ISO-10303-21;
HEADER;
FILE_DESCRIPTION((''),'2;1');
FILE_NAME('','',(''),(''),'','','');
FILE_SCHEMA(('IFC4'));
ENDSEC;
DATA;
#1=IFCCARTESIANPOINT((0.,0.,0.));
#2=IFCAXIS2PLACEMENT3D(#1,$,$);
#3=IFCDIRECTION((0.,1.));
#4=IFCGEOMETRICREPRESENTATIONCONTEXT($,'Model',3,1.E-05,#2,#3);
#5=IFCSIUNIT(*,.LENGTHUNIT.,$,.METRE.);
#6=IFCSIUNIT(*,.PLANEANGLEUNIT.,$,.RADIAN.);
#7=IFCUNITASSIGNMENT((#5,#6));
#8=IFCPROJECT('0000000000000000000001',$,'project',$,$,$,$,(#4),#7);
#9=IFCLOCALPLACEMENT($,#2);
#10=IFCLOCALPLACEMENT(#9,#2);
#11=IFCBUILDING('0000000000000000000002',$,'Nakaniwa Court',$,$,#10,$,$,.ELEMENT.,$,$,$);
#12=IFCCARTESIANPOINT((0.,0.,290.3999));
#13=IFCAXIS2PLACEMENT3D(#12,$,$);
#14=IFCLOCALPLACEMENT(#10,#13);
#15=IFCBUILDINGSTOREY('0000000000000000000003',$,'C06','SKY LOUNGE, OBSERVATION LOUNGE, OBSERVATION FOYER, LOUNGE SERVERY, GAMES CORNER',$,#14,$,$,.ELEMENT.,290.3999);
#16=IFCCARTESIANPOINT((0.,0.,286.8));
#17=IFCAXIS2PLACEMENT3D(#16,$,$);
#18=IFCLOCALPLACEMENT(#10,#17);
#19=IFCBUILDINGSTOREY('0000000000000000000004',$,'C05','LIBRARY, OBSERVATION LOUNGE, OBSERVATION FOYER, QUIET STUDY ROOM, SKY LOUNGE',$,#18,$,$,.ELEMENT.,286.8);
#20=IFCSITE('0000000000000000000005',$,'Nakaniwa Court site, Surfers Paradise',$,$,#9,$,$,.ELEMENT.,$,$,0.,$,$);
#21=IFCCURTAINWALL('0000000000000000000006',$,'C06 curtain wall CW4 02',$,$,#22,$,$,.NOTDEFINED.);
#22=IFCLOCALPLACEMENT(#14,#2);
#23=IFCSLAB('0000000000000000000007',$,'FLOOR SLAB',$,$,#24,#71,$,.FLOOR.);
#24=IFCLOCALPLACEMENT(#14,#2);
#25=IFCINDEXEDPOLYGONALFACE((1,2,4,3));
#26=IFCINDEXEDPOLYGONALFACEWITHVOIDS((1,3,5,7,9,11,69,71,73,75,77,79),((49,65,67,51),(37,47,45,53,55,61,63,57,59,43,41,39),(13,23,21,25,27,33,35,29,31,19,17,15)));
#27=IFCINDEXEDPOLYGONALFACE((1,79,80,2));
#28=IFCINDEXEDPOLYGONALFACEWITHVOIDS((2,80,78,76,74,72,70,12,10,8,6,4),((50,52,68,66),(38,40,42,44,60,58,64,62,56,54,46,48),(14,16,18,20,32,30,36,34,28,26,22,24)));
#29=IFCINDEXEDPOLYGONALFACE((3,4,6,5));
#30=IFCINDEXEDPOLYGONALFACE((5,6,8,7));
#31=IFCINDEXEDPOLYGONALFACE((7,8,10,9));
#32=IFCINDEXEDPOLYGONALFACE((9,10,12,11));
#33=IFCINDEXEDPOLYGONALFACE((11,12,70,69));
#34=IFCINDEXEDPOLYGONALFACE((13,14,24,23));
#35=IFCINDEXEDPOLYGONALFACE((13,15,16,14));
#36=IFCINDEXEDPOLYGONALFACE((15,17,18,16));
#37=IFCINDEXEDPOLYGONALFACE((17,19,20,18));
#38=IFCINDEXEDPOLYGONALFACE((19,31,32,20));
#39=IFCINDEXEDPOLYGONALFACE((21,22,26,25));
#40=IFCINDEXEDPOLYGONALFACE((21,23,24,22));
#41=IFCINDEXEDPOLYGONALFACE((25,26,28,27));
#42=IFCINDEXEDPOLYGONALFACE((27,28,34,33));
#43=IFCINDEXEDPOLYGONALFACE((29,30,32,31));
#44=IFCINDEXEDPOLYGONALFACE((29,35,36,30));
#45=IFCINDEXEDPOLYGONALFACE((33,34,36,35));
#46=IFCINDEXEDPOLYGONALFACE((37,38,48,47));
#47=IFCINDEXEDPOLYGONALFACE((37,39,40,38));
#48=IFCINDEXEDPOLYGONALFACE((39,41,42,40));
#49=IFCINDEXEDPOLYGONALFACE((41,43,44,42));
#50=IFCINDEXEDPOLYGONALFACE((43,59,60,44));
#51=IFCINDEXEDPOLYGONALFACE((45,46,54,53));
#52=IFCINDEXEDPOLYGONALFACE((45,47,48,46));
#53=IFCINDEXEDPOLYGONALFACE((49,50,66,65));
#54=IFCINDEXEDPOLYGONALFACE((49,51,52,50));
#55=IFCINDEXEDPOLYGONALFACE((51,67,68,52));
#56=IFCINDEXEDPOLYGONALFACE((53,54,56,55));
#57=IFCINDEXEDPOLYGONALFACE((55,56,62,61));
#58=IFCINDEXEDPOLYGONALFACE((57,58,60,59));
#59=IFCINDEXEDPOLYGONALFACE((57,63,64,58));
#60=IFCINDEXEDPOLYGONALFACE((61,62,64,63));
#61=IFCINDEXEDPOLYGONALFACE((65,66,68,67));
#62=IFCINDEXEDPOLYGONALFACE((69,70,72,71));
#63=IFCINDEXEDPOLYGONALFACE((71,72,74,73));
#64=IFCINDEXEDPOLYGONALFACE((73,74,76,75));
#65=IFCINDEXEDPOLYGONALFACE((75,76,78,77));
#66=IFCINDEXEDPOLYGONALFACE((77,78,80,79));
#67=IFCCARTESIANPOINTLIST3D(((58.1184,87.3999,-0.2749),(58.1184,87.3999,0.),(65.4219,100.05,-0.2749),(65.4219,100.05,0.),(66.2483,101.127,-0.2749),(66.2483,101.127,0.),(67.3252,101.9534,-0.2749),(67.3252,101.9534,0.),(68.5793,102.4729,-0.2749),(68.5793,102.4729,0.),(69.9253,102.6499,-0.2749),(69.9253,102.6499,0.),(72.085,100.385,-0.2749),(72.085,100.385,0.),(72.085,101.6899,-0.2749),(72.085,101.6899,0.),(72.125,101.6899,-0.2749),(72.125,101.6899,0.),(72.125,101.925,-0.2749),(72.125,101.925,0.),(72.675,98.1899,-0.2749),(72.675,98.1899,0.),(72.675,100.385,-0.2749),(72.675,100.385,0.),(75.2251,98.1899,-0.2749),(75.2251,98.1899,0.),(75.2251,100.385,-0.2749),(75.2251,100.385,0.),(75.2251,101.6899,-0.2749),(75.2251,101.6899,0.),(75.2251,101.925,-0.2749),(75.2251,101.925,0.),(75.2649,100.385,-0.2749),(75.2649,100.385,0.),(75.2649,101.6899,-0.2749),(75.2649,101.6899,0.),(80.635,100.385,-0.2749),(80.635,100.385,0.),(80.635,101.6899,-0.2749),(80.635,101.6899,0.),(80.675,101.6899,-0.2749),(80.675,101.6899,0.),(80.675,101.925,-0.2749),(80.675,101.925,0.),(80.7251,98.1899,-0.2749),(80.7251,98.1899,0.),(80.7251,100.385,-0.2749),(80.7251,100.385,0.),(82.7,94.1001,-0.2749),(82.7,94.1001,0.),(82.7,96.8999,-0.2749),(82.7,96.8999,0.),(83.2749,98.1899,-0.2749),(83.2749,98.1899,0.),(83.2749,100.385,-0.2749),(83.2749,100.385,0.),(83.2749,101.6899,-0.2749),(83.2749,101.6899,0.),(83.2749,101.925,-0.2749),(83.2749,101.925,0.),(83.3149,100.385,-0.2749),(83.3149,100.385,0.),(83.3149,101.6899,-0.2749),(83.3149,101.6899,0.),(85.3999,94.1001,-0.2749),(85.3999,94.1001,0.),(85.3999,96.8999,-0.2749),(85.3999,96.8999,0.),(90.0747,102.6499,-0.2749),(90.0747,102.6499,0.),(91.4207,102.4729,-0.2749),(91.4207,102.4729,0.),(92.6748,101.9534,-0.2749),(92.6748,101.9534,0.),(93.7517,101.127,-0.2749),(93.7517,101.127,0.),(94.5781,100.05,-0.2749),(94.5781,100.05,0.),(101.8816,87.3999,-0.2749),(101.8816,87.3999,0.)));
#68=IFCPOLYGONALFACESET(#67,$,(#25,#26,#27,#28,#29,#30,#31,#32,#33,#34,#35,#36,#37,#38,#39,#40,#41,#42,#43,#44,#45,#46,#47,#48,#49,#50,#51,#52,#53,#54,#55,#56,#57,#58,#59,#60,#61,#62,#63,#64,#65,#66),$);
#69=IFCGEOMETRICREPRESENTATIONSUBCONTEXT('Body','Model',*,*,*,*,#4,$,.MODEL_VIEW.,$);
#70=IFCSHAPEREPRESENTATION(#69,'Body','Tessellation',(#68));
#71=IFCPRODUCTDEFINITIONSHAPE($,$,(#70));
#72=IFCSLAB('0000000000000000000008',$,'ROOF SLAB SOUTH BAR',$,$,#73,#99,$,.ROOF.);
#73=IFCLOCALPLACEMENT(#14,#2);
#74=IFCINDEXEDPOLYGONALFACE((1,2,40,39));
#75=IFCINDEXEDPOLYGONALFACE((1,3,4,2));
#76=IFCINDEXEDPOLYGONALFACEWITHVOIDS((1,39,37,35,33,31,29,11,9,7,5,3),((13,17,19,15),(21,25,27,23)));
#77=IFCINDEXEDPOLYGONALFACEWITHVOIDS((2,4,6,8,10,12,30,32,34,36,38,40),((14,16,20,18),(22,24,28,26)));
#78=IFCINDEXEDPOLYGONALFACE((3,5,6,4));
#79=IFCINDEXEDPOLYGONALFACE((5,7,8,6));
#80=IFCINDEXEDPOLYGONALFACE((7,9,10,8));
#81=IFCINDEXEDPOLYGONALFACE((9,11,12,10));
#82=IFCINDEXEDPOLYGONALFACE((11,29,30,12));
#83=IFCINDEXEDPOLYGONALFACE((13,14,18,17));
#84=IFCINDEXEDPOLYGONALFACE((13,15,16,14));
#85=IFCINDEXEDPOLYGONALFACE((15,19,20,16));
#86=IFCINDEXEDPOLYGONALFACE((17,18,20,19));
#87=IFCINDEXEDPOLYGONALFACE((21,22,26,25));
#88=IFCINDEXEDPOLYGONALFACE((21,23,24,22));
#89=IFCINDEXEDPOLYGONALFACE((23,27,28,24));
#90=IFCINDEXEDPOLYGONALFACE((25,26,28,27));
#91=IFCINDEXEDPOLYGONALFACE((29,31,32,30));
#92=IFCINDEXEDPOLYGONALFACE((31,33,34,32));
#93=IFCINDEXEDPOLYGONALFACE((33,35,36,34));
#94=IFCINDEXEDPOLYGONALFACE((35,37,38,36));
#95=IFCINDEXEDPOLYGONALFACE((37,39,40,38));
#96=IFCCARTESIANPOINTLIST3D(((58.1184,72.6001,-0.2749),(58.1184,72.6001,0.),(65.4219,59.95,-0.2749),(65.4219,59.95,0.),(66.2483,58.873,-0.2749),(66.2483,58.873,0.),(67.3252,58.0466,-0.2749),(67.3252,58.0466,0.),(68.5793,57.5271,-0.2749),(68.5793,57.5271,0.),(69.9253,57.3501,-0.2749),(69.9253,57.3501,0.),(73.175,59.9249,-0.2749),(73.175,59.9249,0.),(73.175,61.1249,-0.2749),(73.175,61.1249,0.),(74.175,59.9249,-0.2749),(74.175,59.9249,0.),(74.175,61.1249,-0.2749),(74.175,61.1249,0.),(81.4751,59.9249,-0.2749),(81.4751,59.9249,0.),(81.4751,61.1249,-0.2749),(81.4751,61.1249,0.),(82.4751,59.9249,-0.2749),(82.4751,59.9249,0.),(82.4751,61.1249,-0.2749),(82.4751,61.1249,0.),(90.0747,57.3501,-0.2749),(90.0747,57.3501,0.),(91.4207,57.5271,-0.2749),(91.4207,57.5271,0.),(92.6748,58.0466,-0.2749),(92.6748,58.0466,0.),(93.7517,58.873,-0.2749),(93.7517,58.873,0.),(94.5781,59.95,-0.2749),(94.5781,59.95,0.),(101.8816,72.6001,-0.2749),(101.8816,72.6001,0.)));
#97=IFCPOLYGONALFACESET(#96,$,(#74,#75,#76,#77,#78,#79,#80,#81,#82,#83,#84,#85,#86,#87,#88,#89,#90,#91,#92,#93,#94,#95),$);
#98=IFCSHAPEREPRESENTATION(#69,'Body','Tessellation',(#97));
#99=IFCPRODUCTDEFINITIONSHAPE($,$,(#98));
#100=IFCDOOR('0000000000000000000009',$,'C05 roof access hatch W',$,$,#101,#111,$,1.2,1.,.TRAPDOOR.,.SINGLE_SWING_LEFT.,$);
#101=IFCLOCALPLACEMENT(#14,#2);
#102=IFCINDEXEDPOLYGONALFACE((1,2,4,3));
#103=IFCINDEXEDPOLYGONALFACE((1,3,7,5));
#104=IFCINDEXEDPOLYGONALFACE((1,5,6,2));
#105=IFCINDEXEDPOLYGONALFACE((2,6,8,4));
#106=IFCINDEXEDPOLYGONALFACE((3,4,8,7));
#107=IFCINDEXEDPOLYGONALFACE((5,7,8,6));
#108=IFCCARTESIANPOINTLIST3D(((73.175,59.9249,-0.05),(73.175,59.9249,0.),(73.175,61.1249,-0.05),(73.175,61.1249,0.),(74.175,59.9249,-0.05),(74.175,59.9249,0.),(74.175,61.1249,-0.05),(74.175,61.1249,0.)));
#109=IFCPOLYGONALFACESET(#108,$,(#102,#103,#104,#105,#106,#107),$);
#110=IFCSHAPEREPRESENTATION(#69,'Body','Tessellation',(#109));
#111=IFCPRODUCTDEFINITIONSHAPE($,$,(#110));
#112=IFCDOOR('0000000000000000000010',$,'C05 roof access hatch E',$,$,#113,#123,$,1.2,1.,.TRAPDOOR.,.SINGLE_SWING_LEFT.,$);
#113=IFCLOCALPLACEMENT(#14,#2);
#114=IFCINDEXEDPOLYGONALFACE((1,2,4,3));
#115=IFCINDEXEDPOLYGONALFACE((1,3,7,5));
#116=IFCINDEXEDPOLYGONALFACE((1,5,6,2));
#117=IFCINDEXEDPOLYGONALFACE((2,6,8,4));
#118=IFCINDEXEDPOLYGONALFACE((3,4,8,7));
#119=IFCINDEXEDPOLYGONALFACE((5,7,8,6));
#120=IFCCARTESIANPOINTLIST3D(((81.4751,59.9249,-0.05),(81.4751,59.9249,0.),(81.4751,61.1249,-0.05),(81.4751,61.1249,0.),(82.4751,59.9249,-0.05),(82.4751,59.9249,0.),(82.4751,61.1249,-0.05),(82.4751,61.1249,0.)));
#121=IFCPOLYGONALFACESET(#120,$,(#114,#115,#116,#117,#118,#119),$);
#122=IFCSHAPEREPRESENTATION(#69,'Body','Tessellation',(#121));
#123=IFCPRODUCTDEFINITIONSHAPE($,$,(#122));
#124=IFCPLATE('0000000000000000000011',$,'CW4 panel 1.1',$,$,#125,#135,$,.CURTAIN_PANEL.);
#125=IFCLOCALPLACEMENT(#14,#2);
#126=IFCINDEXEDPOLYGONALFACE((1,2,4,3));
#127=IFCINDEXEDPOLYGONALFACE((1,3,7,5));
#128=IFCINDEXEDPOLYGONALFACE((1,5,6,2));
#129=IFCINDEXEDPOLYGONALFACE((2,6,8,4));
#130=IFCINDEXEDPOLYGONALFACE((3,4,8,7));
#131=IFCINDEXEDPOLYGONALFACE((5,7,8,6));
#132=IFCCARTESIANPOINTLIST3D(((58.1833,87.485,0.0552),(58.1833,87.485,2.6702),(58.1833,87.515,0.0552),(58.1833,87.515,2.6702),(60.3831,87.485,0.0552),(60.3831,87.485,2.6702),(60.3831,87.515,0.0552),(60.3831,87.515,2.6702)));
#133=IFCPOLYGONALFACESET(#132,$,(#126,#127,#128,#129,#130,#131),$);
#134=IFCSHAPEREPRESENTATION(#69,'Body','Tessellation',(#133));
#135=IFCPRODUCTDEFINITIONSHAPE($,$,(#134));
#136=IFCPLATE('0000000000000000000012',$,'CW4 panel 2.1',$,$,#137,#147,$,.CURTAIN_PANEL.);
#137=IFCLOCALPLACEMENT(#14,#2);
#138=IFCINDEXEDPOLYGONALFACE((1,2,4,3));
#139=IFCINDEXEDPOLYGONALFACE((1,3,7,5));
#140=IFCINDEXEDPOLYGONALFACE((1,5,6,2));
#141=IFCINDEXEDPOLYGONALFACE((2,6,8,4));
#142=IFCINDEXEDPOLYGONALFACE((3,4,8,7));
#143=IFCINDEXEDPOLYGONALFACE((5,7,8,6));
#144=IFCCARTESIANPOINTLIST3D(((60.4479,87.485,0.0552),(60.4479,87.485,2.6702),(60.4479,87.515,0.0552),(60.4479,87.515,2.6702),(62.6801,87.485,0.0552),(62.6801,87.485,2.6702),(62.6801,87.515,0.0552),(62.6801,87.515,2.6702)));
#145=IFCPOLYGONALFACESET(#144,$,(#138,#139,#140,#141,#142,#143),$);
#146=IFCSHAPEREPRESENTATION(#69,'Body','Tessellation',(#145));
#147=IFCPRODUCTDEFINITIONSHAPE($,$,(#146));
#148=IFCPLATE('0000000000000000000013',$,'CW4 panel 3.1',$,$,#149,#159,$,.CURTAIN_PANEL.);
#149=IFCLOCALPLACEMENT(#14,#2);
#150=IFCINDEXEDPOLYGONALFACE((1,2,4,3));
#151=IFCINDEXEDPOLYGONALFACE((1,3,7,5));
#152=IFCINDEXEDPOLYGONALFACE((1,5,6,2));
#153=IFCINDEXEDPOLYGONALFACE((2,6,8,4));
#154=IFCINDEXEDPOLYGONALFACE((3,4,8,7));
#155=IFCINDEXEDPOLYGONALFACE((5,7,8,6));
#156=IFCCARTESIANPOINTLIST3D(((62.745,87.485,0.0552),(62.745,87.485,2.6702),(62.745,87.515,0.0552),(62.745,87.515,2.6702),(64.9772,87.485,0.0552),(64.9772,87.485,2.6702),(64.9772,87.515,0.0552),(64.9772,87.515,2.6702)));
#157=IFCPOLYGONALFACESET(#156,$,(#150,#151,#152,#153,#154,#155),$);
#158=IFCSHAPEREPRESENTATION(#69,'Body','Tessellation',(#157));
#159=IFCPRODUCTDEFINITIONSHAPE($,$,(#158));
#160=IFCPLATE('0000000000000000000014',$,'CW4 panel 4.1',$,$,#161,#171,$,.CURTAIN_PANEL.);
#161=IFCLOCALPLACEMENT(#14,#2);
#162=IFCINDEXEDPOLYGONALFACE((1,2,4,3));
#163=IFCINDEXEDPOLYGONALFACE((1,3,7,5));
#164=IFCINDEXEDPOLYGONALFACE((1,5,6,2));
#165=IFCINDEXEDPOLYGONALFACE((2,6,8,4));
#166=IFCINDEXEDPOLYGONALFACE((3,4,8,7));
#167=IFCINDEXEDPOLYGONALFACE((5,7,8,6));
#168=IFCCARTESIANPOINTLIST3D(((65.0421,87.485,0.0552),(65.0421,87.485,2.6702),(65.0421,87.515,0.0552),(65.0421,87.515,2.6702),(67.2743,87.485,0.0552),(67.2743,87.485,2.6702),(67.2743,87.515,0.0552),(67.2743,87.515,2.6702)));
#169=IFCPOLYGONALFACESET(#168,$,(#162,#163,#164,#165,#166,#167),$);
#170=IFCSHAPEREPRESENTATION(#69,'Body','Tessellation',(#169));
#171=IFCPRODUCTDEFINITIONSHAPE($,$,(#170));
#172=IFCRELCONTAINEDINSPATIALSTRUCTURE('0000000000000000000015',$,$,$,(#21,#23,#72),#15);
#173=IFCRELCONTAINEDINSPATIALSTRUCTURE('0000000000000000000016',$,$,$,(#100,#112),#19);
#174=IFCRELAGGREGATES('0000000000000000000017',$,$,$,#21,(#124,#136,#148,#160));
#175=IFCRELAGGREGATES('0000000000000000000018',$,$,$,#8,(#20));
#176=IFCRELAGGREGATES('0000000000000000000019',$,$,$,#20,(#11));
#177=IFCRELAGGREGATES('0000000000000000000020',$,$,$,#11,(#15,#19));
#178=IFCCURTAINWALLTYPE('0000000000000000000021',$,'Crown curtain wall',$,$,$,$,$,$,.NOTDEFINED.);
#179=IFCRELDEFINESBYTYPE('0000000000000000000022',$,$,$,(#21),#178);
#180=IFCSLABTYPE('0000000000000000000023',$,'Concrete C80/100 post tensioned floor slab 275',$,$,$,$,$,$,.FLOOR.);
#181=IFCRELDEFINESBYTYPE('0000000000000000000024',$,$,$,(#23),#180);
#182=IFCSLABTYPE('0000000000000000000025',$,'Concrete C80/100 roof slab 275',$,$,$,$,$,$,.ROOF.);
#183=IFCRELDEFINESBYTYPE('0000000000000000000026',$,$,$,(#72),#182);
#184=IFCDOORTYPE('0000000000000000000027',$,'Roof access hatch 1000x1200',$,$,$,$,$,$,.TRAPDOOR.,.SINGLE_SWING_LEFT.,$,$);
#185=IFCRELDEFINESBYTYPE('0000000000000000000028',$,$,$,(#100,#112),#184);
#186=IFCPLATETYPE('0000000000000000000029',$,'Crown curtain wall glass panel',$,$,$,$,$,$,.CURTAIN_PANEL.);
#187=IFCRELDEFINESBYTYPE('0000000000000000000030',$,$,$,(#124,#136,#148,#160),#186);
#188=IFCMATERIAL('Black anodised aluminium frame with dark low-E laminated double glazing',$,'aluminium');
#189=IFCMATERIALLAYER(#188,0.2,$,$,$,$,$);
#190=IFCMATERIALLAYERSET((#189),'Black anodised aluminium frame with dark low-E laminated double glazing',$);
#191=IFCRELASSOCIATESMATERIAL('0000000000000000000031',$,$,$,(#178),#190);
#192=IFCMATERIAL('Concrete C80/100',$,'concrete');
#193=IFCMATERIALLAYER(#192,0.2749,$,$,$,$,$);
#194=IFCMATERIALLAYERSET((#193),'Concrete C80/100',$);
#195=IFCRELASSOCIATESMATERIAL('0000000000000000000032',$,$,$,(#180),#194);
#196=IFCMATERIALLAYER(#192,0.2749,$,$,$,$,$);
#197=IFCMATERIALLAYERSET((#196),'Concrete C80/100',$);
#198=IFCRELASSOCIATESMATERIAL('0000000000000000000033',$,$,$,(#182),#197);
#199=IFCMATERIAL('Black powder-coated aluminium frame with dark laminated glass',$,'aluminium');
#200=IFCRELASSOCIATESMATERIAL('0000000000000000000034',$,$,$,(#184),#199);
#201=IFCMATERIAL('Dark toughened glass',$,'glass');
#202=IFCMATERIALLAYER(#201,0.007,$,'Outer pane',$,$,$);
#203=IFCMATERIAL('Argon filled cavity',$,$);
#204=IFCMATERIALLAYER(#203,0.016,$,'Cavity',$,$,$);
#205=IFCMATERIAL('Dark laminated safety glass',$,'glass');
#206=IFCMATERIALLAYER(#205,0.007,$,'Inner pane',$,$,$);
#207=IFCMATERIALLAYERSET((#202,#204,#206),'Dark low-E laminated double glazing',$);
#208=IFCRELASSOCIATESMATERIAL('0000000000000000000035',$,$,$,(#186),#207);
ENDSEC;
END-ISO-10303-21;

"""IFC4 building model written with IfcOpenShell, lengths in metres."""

from ifc_helpers import new_model, si_unit, direction, frame, origin, origin_2d, place, context, subcontext, project, spatial, polyline, rectangle, outline, extrude, material, layer, layer_set, type_object, element, fill, aggregate, save


model = new_model("IFC4")

# Units and contexts
model_context = context("Model", 3, precision=1e-05, world=origin(), true_north=direction((0.0, 1.0)))
body_context = subcontext(model_context, "Body", "Model", "MODEL_VIEW")
ifc_project = project(units=[si_unit("LENGTHUNIT", "METRE"), si_unit("PLANEANGLEUNIT", "RADIAN")], contexts=[model_context])

# Site, building, storey
site_placement = place(None, origin())
site = spatial("IfcSite", under=ifc_project, at=site_placement, Name="Nakaniwa Court site, Surfers Paradise", CompositionType="ELEMENT", RefElevation=0.0)
building_placement = place(site_placement, origin())
building = spatial("IfcBuilding", under=site, at=building_placement, Name="Nakaniwa Court", CompositionType="ELEMENT")
storey_1_placement = place(building_placement, frame((0.0, 0.0, 290.3999)))
storey_1 = spatial("IfcBuildingStorey", under=building, at=storey_1_placement, Name="C06", Description="SKY LOUNGE, OBSERVATION LOUNGE, OBSERVATION FOYER, LOUNGE SERVERY, GAMES CORNER", CompositionType="ELEMENT", Elevation=290.3999)

# Shared definitions
ifc_material_1 = material(Name="Black anodised aluminium frame with dark low-E laminated double glazing", Category="aluminium")
ifc_layer_1 = layer(ifc_material_1, 0.2)
ifc_layer_set_1 = layer_set([ifc_layer_1], Name="Black anodised aluminium frame with dark low-E laminated double glazing")
curtain_wall_type = type_object("IfcCurtainWallType", Name="Crown curtain wall", PredefinedType="NOTDEFINED", material=ifc_layer_set_1)

# Curtain wall
curtain_wall_1_placement = place(storey_1_placement, origin())
curtain_wall_1 = element("IfcCurtainWall", 1, at=curtain_wall_1_placement, inside=storey_1, type_object=curtain_wall_type, Name="C06 curtain wall CW4 02", PredefinedType="NOTDEFINED")

# Slab
ifc_material_2 = material(Name="Concrete C80/100", Category="concrete")
ifc_layer_2 = layer(ifc_material_2, 0.2749)
ifc_layer_set_2 = layer_set([ifc_layer_2], Name="Concrete C80/100")
slab_type_1 = type_object("IfcSlabType", Name="Concrete C80/100 post tensioned floor slab 275", PredefinedType="FLOOR", material=ifc_layer_set_2)
slab_1_placement = place(storey_1_placement, frame((0.0, 0.0, -0.2749)))
element("IfcSlab", 2, at=slab_1_placement, inside=storey_1, type_object=slab_type_1, Name="FLOOR SLAB", PredefinedType="FLOOR", context=body_context, shape_type="SweptSolid", body=[
    extrude(outline(polyline([(65.4219, 100.05), (58.1184, 87.3999), (101.8816, 87.3999), (94.5781, 100.05), (93.7517, 101.127), (92.6748, 101.9534), (91.4207, 102.4729), (90.0747, 102.6499), (69.9253, 102.6499), (68.5793, 102.4729), (67.3252, 101.9534), (66.2483, 101.127), (65.4219, 100.05)]), holes=[polyline([(85.3999, 96.8999), (82.7, 96.8999), (82.7, 94.1001), (85.3999, 94.1001), (85.3999, 96.8999)]), polyline([(75.2251, 100.385), (75.2649, 100.385), (75.2649, 101.6899), (75.2251, 101.6899), (75.2251, 101.925), (72.125, 101.925), (72.125, 101.6899), (72.085, 101.6899), (72.085, 100.385), (72.675, 100.385), (72.675, 98.1899), (75.2251, 98.1899), (75.2251, 100.385)]), polyline([(83.2749, 101.925), (80.675, 101.925), (80.675, 101.6899), (80.635, 101.6899), (80.635, 100.385), (80.7251, 100.385), (80.7251, 98.1899), (83.2749, 98.1899), (83.2749, 100.385), (83.3149, 100.385), (83.3149, 101.6899), (83.2749, 101.6899), (83.2749, 101.925)])]), origin(), (0.0, 0.0, 1.0), 0.2749),
])

# Slab, openings
ifc_layer_3 = layer(ifc_material_2, 0.2749)
ifc_layer_set_3 = layer_set([ifc_layer_3], Name="Concrete C80/100")
slab_type_2 = type_object("IfcSlabType", Name="Concrete C80/100 roof slab 275", PredefinedType="ROOF", material=ifc_layer_set_3)
slab_2_placement = place(storey_1_placement, frame((0.0, 0.0, -0.2749)))
slab_2 = element("IfcSlab", 3, at=slab_2_placement, inside=storey_1, type_object=slab_type_2, Name="ROOF SLAB SOUTH BAR", PredefinedType="ROOF", context=body_context, shape_type="SweptSolid", body=[
    extrude(outline(polyline([(94.5781, 59.95), (101.8816, 72.6001), (58.1184, 72.6001), (65.4219, 59.95), (66.2483, 58.873), (67.3252, 58.0466), (68.5793, 57.5271), (69.9253, 57.3501), (90.0747, 57.3501), (91.4207, 57.5271), (92.6748, 58.0466), (93.7517, 58.873), (94.5781, 59.95)])), origin(), (0.0, 0.0, 1.0), 0.2749),
])
opening_1_placement = place(slab_2_placement, frame((73.675, 60.5249, 0.0)))
opening_1 = element("IfcOpeningElement", 4, at=opening_1_placement, cuts=slab_2, PredefinedType="OPENING", context=body_context, shape_type="SweptSolid", body=[
    extrude(rectangle(XDim=1.0, YDim=1.2, at=origin_2d()), frame((0.0, 0.0, -0.01)), (0.0, 0.0, 1.0), 0.2949),
])
opening_2_placement = place(slab_2_placement, frame((81.9751, 60.5249, 0.0)))
opening_2 = element("IfcOpeningElement", 5, at=opening_2_placement, cuts=slab_2, PredefinedType="OPENING", context=body_context, shape_type="SweptSolid", body=[
    extrude(rectangle(XDim=1.0, YDim=1.2, at=origin_2d()), frame((0.0, 0.0, -0.01)), (0.0, 0.0, 1.0), 0.2949),
])

# Shared definitions
storey_2_placement = place(building_placement, frame((0.0, 0.0, 286.8)))
storey_2 = spatial("IfcBuildingStorey", under=building, at=storey_2_placement, Name="C05", Description="LIBRARY, OBSERVATION LOUNGE, OBSERVATION FOYER, QUIET STUDY ROOM, SKY LOUNGE", CompositionType="ELEMENT", Elevation=286.8)

# Doors
ifc_material_3 = material(Name="Black powder-coated aluminium frame with dark laminated glass", Category="aluminium")
door_type = type_object("IfcDoorType", Name="Roof access hatch 1000x1200", OperationType="SINGLE_SWING_LEFT", PredefinedType="TRAPDOOR", material=ifc_material_3)
door_1_placement = place(opening_1_placement, frame((0.0, 0.0, 0.2249)))
door_1 = element("IfcDoor", 6, at=door_1_placement, inside=storey_2, type_object=door_type, Name="C05 roof access hatch W", OperationType="SINGLE_SWING_LEFT", OverallHeight=1.2, OverallWidth=1.0, PredefinedType="TRAPDOOR", context=body_context, shape_type="SweptSolid", body=[
    extrude(rectangle(XDim=1.0, YDim=1.2, at=origin_2d()), origin(), (0.0, 0.0, 1.0), 0.05),
])
fill(opening_1, door_1)
door_2_placement = place(opening_2_placement, frame((0.0, 0.0, 0.2249)))
door_2 = element("IfcDoor", 7, at=door_2_placement, inside=storey_2, type_object=door_type, Name="C05 roof access hatch E", OperationType="SINGLE_SWING_LEFT", OverallHeight=1.2, OverallWidth=1.0, PredefinedType="TRAPDOOR", context=body_context, shape_type="SweptSolid", body=[
    extrude(rectangle(XDim=1.0, YDim=1.2, at=origin_2d()), origin(), (0.0, 0.0, 1.0), 0.05),
])
fill(opening_2, door_2)

# Plates
ifc_material_4 = material(Name="Dark toughened glass", Category="glass")
ifc_layer_4 = layer(ifc_material_4, 0.007, Name="Outer pane")
ifc_material_5 = material(Name="Argon filled cavity")
ifc_layer_5 = layer(ifc_material_5, 0.016, Name="Cavity")
ifc_material_6 = material(Name="Dark laminated safety glass", Category="glass")
ifc_layer_6 = layer(ifc_material_6, 0.007, Name="Inner pane")
ifc_layer_set_4 = layer_set([ifc_layer_4, ifc_layer_5, ifc_layer_6], Name="Dark low-E laminated double glazing")
plate_type = type_object("IfcPlateType", Name="Crown curtain wall glass panel", PredefinedType="CURTAIN_PANEL", material=ifc_layer_set_4)
plate_1_placement = place(storey_1_placement, frame((59.2832, 87.5, 0.0552), z_axis=(0.0, 0.0, 1.0), x_axis=(1.0, 0.0, 0.0)))
plate_1 = element("IfcPlate", 8, at=plate_1_placement, type_object=plate_type, Name="CW4 panel 1.1", PredefinedType="CURTAIN_PANEL", context=body_context, shape_type="SweptSolid", body=[
    extrude(rectangle(XDim=2.1997, YDim=0.03, at=origin_2d()), origin(), (0.0, 0.0, 1.0), 2.615),
])
plate_2_placement = place(storey_1_placement, frame((61.564, 87.5, 0.0552), z_axis=(0.0, 0.0, 1.0), x_axis=(1.0, 0.0, 0.0)))
plate_2 = element("IfcPlate", 9, at=plate_2_placement, type_object=plate_type, Name="CW4 panel 2.1", PredefinedType="CURTAIN_PANEL", context=body_context, shape_type="SweptSolid", body=[
    extrude(rectangle(XDim=2.2322, YDim=0.03, at=origin_2d()), origin(), (0.0, 0.0, 1.0), 2.615),
])
plate_3_placement = place(storey_1_placement, frame((63.8611, 87.5, 0.0552), z_axis=(0.0, 0.0, 1.0), x_axis=(1.0, 0.0, 0.0)))
plate_3 = element("IfcPlate", 10, at=plate_3_placement, type_object=plate_type, Name="CW4 panel 3.1", PredefinedType="CURTAIN_PANEL", context=body_context, shape_type="SweptSolid", body=[
    extrude(rectangle(XDim=2.2322, YDim=0.03, at=origin_2d()), origin(), (0.0, 0.0, 1.0), 2.615),
])
plate_4_placement = place(storey_1_placement, frame((66.1582, 87.5, 0.0552), z_axis=(0.0, 0.0, 1.0), x_axis=(1.0, 0.0, 0.0)))
plate_4 = element("IfcPlate", 11, at=plate_4_placement, type_object=plate_type, Name="CW4 panel 4.1", PredefinedType="CURTAIN_PANEL", context=body_context, shape_type="SweptSolid", body=[
    extrude(rectangle(XDim=2.2322, YDim=0.03, at=origin_2d()), origin(), (0.0, 0.0, 1.0), 2.615),
])
aggregate(curtain_wall_1, [plate_1, plate_2, plate_3, plate_4])

save(model, "model.ifc")
